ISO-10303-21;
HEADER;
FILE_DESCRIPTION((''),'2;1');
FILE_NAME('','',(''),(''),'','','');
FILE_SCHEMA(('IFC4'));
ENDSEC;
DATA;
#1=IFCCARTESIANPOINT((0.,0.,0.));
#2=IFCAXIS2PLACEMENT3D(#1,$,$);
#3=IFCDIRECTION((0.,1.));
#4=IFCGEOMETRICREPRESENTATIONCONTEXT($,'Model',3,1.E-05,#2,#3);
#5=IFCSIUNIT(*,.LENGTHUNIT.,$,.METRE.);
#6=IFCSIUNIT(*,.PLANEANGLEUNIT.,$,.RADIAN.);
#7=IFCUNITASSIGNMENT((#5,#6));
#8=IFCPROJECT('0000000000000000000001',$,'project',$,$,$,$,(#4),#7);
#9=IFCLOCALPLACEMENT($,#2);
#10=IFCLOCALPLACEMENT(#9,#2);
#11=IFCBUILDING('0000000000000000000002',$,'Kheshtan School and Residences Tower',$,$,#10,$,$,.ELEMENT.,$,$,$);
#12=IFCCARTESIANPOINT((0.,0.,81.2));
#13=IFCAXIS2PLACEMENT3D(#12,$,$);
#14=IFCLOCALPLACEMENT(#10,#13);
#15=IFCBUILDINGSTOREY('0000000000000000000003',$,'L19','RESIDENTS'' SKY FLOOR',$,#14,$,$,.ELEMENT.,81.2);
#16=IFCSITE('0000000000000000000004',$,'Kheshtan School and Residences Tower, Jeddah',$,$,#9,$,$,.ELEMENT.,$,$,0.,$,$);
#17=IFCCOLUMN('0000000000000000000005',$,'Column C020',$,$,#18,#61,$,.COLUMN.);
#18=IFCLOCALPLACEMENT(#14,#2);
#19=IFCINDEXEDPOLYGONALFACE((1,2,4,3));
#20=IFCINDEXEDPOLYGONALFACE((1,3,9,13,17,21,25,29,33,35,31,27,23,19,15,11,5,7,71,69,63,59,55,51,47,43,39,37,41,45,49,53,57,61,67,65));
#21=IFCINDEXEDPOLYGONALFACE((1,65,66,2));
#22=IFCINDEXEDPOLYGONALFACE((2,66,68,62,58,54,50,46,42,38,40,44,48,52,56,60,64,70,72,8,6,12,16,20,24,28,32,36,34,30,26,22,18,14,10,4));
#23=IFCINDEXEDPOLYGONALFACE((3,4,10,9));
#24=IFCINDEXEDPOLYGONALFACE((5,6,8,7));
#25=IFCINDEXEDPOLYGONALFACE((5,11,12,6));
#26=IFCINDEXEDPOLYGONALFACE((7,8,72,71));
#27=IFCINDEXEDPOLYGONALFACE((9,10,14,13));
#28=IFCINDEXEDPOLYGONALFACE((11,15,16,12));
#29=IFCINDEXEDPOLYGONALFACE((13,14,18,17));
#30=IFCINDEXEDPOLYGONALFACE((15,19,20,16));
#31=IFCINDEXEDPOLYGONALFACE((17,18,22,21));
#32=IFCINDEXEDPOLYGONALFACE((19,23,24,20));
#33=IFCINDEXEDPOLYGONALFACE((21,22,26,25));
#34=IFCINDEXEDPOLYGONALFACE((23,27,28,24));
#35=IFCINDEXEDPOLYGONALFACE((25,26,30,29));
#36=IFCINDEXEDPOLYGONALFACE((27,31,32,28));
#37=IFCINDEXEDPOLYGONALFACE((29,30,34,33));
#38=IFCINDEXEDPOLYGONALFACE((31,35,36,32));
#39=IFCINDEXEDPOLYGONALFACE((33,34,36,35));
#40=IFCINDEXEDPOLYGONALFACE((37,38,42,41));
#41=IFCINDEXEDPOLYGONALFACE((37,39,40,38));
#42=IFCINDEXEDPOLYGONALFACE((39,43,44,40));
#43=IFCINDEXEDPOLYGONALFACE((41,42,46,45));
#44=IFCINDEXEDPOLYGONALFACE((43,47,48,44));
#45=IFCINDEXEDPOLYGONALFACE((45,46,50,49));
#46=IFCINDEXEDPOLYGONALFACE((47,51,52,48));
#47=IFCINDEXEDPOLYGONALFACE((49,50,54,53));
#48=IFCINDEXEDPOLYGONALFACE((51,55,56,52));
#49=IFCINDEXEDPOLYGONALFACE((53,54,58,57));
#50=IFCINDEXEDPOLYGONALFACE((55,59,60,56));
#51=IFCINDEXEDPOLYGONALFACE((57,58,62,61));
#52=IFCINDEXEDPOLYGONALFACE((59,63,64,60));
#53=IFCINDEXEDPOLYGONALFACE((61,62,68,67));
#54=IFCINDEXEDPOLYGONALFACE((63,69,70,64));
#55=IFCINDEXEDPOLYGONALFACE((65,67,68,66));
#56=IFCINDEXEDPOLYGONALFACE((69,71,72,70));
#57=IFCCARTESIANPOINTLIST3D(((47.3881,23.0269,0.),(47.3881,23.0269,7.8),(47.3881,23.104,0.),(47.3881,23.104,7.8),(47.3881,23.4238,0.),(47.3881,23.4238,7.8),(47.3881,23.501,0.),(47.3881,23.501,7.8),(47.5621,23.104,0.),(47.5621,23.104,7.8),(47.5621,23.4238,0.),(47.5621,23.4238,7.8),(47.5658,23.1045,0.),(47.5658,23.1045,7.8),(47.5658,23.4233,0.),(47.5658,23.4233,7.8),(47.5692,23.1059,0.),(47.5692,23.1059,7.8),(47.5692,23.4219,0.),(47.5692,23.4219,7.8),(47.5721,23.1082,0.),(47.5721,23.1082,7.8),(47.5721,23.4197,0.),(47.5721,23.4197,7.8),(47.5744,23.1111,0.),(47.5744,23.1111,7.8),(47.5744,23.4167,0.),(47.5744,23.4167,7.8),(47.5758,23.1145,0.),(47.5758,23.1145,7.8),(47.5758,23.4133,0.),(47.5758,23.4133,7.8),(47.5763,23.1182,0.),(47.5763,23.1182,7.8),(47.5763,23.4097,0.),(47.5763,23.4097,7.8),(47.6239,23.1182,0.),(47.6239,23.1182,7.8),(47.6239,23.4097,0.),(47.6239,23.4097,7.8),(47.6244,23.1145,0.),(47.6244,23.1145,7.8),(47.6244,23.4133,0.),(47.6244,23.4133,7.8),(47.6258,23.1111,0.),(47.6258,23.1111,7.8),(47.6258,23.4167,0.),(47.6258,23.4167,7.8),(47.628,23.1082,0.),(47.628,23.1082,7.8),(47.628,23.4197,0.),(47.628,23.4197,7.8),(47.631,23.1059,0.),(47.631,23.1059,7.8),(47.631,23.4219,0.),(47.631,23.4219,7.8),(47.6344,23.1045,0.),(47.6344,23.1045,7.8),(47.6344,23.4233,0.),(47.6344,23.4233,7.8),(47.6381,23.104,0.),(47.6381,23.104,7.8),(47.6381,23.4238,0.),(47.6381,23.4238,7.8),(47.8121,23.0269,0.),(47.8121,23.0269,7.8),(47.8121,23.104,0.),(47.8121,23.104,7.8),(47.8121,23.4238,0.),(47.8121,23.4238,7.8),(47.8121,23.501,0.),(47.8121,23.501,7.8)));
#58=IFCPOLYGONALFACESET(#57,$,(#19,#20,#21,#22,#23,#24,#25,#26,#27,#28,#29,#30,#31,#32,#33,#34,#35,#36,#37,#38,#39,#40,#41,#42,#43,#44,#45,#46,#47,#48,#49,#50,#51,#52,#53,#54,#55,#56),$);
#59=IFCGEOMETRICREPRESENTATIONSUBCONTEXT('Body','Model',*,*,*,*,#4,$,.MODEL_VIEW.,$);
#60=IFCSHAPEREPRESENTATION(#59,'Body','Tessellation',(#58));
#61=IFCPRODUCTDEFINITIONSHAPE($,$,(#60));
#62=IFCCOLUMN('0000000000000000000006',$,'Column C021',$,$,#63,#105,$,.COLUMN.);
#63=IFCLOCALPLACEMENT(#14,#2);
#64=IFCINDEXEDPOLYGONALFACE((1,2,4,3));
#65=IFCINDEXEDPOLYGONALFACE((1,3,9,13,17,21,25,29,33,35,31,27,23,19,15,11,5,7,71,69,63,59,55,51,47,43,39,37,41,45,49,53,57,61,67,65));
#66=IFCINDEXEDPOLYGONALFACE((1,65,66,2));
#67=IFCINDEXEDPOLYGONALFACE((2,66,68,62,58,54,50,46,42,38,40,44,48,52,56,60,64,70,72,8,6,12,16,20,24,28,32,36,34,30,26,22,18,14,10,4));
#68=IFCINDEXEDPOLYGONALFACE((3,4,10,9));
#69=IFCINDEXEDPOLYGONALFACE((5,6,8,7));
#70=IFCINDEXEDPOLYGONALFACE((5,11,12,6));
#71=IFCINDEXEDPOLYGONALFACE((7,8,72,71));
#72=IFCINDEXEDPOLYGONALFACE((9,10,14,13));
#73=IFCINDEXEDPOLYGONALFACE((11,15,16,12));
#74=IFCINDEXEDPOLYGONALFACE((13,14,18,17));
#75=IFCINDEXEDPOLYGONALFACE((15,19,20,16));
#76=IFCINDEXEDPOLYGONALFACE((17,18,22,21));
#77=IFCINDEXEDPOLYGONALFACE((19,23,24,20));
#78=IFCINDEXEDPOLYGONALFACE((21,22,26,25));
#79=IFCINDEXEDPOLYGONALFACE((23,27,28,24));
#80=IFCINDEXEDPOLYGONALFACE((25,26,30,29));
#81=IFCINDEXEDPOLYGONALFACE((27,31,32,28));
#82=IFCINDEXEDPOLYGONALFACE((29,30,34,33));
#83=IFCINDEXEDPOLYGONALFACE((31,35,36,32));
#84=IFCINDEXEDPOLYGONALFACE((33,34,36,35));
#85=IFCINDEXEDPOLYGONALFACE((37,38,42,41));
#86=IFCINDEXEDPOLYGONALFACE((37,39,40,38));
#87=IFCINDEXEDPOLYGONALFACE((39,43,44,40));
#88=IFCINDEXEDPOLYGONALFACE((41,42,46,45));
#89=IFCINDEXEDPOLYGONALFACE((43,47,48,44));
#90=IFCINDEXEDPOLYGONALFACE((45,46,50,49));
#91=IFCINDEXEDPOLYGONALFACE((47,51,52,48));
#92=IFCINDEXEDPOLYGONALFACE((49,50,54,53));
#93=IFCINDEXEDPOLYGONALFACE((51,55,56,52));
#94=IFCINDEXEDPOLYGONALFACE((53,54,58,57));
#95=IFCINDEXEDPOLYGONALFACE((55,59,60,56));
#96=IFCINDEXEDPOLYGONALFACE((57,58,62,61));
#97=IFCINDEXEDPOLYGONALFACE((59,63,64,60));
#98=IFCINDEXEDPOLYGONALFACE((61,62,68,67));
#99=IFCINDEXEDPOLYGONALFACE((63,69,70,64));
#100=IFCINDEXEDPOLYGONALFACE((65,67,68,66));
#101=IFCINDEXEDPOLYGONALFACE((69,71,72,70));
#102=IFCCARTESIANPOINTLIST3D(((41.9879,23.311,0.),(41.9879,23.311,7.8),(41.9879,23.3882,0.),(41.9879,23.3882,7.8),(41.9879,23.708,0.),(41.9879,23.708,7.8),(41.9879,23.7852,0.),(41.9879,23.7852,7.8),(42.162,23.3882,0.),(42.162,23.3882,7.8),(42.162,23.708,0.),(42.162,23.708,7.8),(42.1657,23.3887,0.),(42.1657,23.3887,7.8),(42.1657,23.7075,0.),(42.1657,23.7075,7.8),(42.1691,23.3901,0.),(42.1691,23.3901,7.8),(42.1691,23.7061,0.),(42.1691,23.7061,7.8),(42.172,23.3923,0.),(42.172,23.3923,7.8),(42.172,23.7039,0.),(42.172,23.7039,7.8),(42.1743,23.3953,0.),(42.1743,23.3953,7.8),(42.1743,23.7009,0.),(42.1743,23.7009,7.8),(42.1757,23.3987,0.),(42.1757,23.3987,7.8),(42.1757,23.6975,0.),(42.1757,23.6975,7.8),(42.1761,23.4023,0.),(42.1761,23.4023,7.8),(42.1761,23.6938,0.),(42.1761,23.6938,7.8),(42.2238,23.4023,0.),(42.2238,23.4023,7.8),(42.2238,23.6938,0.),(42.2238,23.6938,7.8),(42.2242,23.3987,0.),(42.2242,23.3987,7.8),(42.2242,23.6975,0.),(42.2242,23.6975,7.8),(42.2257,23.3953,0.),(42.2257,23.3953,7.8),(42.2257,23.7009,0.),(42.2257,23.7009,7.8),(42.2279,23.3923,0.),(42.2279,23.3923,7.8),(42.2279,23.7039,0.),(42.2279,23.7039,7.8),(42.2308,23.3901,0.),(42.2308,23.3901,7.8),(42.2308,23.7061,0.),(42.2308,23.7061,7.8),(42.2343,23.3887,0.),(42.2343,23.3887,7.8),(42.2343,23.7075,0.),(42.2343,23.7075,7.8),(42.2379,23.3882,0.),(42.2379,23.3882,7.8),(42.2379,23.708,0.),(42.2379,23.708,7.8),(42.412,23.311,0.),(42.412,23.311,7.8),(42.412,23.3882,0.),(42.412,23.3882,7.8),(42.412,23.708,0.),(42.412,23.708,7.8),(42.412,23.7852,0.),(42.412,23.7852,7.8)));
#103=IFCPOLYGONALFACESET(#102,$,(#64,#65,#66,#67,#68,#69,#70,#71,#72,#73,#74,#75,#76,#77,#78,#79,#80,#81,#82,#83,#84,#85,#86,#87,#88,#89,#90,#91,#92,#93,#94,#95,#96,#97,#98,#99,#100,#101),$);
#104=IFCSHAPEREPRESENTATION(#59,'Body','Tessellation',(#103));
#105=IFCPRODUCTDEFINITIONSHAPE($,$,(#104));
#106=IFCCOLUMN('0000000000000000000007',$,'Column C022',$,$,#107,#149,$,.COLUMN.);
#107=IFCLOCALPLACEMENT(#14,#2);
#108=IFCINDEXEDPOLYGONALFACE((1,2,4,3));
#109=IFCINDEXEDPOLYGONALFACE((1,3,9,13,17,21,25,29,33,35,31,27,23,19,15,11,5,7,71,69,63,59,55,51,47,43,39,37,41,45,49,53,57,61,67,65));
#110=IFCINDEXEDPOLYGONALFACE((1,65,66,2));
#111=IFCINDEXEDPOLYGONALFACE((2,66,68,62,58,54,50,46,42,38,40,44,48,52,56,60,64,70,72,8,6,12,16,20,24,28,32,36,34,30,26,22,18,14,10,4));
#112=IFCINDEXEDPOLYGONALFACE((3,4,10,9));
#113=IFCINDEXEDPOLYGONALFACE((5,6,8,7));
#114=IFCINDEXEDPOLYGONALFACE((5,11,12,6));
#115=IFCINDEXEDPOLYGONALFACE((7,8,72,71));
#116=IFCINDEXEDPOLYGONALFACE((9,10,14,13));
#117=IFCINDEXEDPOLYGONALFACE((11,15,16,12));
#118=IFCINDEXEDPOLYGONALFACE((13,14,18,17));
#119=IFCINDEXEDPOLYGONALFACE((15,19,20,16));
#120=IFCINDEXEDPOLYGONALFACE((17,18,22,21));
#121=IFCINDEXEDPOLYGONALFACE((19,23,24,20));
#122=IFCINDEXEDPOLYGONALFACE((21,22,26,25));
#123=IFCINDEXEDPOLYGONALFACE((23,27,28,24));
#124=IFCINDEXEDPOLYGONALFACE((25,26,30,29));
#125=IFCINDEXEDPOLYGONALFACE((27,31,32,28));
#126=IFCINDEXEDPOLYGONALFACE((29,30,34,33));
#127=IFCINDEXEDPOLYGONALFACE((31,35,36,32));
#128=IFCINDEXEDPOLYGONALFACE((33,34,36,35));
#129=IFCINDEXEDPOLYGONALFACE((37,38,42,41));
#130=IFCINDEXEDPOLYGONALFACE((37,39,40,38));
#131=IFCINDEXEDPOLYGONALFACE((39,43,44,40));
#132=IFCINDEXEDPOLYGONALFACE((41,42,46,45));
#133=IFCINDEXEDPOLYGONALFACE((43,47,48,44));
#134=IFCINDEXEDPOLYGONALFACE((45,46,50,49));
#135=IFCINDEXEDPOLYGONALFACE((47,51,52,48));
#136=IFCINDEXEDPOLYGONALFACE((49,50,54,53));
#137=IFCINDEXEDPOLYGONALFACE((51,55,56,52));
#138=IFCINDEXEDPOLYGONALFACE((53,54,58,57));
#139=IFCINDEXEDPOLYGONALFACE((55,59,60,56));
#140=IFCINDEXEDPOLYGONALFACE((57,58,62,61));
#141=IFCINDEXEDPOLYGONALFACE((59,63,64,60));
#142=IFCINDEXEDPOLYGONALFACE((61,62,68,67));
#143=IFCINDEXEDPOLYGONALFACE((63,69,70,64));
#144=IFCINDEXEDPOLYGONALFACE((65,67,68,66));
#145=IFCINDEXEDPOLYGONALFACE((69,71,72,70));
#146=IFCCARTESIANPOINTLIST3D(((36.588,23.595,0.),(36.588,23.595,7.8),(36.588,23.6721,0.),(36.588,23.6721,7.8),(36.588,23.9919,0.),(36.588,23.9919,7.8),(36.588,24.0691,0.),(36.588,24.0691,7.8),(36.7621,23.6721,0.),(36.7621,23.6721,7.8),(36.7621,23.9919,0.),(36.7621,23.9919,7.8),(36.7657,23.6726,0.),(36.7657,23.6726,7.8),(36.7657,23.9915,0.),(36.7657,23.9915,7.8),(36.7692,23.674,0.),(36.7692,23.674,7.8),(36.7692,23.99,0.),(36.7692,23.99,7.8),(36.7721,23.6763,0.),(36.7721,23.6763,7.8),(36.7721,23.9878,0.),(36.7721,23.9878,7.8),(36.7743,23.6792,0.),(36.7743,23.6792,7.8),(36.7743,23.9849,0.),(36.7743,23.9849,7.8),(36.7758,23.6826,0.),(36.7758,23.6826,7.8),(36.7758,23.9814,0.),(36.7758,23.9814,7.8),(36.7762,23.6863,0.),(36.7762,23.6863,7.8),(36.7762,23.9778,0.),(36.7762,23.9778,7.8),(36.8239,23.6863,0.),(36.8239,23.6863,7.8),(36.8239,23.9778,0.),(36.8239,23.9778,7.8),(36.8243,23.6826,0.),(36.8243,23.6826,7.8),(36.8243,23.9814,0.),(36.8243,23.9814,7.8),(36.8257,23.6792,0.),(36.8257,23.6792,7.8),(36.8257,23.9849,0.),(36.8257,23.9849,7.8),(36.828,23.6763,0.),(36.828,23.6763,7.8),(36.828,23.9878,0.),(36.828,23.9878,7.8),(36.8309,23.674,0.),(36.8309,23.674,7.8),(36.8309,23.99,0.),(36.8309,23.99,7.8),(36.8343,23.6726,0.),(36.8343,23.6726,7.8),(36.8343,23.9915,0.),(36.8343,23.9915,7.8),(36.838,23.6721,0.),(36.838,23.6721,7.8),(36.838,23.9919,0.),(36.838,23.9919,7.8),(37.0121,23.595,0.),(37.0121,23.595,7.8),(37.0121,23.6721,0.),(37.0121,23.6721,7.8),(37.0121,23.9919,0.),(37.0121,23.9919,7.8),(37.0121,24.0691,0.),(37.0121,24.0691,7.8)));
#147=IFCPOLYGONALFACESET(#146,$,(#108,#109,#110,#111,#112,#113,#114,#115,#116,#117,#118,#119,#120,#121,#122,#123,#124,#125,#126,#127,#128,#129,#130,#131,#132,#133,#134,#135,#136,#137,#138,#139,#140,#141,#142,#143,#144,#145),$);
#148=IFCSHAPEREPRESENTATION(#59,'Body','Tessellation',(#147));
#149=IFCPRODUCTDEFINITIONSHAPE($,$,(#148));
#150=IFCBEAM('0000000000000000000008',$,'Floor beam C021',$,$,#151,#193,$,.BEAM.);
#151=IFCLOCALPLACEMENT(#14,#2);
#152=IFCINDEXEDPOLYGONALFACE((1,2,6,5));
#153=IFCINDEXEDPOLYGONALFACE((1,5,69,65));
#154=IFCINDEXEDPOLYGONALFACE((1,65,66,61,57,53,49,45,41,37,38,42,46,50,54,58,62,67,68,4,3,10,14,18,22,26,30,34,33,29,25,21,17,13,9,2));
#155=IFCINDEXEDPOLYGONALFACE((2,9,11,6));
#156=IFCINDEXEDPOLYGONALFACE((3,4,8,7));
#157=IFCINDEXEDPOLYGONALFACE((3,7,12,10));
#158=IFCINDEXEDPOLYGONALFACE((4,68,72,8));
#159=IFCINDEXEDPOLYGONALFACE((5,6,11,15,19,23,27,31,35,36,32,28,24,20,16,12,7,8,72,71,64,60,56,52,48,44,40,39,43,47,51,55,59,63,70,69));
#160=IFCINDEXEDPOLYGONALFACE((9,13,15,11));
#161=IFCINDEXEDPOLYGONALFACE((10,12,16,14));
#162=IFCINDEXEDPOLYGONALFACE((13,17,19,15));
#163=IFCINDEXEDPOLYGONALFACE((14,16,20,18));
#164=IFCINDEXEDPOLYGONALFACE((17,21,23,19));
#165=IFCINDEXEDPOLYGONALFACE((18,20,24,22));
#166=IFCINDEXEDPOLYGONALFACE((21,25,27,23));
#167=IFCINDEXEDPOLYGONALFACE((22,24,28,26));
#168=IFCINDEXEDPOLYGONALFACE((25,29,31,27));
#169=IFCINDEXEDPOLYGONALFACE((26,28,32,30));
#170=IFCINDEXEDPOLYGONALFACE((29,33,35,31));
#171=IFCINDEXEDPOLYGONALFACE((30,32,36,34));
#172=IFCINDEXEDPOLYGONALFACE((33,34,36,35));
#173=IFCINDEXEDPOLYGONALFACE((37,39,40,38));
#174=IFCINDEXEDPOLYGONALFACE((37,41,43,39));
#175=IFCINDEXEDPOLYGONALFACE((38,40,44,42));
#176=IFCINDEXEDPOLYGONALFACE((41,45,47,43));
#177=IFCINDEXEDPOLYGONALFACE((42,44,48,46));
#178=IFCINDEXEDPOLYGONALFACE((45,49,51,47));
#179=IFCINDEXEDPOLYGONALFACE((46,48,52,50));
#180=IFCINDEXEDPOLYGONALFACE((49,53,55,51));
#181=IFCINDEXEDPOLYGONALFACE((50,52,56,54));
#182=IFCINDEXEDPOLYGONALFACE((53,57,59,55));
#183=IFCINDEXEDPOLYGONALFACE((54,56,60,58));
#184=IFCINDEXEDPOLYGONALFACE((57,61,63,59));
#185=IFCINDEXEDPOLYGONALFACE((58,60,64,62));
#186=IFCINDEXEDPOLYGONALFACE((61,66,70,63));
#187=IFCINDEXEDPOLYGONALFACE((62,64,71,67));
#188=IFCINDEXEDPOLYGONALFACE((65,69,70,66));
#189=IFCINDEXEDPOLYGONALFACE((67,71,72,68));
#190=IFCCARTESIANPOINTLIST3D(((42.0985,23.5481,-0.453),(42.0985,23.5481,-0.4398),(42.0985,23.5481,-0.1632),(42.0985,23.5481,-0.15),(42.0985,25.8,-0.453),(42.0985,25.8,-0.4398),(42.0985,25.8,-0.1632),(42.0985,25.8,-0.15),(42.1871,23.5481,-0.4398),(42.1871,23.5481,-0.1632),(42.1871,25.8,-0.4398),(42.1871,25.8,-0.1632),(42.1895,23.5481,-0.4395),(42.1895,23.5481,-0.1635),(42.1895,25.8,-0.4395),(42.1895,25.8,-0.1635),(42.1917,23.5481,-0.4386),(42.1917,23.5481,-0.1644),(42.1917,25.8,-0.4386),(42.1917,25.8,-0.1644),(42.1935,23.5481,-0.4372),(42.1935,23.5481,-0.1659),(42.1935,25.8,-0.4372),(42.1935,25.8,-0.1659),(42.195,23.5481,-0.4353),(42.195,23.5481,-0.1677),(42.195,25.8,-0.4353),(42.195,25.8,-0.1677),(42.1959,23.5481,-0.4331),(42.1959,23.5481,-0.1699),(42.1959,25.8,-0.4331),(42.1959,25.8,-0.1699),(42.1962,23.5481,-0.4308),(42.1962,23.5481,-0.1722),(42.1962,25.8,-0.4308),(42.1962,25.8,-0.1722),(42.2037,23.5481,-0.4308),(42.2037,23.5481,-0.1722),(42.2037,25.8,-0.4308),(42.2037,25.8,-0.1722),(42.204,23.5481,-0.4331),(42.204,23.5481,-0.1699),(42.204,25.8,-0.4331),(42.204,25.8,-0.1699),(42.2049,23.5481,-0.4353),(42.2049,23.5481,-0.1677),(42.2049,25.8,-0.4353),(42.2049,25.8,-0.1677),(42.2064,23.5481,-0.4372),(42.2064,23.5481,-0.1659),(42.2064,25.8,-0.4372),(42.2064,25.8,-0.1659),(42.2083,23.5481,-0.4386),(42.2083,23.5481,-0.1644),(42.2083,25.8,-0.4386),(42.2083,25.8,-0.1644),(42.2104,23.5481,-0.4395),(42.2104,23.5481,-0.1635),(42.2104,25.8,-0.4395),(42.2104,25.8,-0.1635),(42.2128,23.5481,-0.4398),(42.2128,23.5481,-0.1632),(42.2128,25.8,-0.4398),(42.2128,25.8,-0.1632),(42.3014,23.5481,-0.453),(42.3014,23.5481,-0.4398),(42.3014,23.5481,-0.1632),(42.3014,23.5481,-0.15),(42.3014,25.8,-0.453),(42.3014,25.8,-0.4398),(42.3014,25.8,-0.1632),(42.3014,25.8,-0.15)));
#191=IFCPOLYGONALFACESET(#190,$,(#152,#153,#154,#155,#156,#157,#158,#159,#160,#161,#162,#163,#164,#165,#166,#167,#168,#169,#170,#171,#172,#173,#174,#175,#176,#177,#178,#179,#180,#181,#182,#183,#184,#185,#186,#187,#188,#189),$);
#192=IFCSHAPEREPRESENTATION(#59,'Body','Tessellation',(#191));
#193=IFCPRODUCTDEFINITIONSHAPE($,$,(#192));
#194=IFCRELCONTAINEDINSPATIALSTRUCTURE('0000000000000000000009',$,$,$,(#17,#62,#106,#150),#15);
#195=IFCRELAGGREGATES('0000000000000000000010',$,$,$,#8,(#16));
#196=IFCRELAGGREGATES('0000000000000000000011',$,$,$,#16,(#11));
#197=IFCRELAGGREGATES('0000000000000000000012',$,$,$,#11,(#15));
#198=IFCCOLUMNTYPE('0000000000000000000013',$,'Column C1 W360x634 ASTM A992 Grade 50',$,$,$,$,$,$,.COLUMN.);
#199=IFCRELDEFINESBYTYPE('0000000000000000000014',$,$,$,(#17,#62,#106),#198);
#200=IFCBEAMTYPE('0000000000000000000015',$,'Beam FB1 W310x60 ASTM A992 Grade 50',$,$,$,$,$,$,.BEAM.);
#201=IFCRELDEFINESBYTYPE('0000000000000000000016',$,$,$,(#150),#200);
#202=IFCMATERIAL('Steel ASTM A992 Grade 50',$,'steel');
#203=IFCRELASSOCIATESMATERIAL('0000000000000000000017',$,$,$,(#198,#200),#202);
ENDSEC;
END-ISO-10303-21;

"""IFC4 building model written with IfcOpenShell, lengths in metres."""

from ifc_helpers import new_model, si_unit, direction, frame, origin, origin_2d, place, context, subcontext, project, spatial, i_section, extrude, material, material_profile, profile_set, type_object, element, save


model = new_model("IFC4")

# Units and contexts
model_context = context("Model", 3, precision=1e-05, world=origin(), true_north=direction((0.0, 1.0)))
body_context = subcontext(model_context, "Body", "Model", "MODEL_VIEW")
ifc_project = project(units=[si_unit("LENGTHUNIT", "METRE"), si_unit("PLANEANGLEUNIT", "RADIAN")], contexts=[model_context])

# Site, building, storey
site_placement = place(None, origin())
site = spatial("IfcSite", under=ifc_project, at=site_placement, Name="Kheshtan School and Residences Tower, Jeddah", CompositionType="ELEMENT", RefElevation=0.0)
building_placement = place(site_placement, origin())
building = spatial("IfcBuilding", under=site, at=building_placement, Name="Kheshtan School and Residences Tower", CompositionType="ELEMENT")
storey_placement = place(building_placement, frame((0.0, 0.0, 81.2)))
storey = spatial("IfcBuildingStorey", under=building, at=storey_placement, Name="L19", Description="RESIDENTS' SKY FLOOR", CompositionType="ELEMENT", Elevation=81.2)

# Columns
ifc_material_1 = material(Name="Steel ASTM A992 Grade 50", Category="steel")
ifc_material_profile_1 = material_profile(ifc_material_1, i_section(OverallWidth=0.4241, OverallDepth=0.4741, WebThickness=0.0476, FlangeThickness=0.0771, FilletRadius=0.0142, at=origin_2d()), Name="W360x634")
ifc_profile_set_1 = profile_set([ifc_material_profile_1], Name="Steel ASTM A992 Grade 50")
column_type = type_object("IfcColumnType", Name="Column C1 W360x634 ASTM A992 Grade 50", PredefinedType="COLUMN", material=ifc_profile_set_1)
for number, where, z_axis, x_axis, name in (
    (1, (47.6001, 23.2639, 0.0), (0.0, 0.0, 1.0), (1.0, 0.0, 0.0), "Column C020"),
    (2, (42.2, 23.5481, 0.0), (0.0, 0.0, 1.0), (1.0, 0.0, 0.0), "Column C021"),
    (3, (36.8, 23.832, 0.0), (0.0, 0.0, 1.0), (1.0, 0.0, 0.0), "Column C022"),
):
    element("IfcColumn", number, at=place(storey_placement, frame(where, z_axis=z_axis, x_axis=x_axis)), inside=storey, type_object=column_type, Name=name, PredefinedType="COLUMN", context=body_context, shape_type="SweptSolid", body=[
        extrude(i_section(OverallWidth=0.4241, OverallDepth=0.4741, WebThickness=0.0476, FlangeThickness=0.0771, FilletRadius=0.0142, at=origin_2d()), origin(), (0.0, 0.0, 1.0), 7.8),
    ])

# Beam
ifc_material_profile_2 = material_profile(ifc_material_1, i_section(OverallWidth=0.2029, OverallDepth=0.303, WebThickness=0.0076, FlangeThickness=0.0132, FilletRadius=0.009, at=origin_2d()), Name="W310x60")
ifc_profile_set_2 = profile_set([ifc_material_profile_2], Name="Steel ASTM A992 Grade 50")
beam_type_1 = type_object("IfcBeamType", Name="Beam FB1 W310x60 ASTM A992 Grade 50", PredefinedType="BEAM", material=ifc_profile_set_2)
beam_1_placement = place(storey_placement, frame((42.2, 23.5481, -0.3015), z_axis=(0.0, 1.0, 0.0), x_axis=(-1.0, 0.0, 0.0)))
element("IfcBeam", 4, at=beam_1_placement, inside=storey, type_object=beam_type_1, Name="Floor beam C021", PredefinedType="BEAM", context=body_context, shape_type="SweptSolid", body=[
    extrude(i_section(OverallWidth=0.2029, OverallDepth=0.303, WebThickness=0.0076, FlangeThickness=0.0132, FilletRadius=0.009, at=origin_2d()), origin(), (0.0, 0.0, 1.0), 2.252),
])

save(model, "model.ifc")
